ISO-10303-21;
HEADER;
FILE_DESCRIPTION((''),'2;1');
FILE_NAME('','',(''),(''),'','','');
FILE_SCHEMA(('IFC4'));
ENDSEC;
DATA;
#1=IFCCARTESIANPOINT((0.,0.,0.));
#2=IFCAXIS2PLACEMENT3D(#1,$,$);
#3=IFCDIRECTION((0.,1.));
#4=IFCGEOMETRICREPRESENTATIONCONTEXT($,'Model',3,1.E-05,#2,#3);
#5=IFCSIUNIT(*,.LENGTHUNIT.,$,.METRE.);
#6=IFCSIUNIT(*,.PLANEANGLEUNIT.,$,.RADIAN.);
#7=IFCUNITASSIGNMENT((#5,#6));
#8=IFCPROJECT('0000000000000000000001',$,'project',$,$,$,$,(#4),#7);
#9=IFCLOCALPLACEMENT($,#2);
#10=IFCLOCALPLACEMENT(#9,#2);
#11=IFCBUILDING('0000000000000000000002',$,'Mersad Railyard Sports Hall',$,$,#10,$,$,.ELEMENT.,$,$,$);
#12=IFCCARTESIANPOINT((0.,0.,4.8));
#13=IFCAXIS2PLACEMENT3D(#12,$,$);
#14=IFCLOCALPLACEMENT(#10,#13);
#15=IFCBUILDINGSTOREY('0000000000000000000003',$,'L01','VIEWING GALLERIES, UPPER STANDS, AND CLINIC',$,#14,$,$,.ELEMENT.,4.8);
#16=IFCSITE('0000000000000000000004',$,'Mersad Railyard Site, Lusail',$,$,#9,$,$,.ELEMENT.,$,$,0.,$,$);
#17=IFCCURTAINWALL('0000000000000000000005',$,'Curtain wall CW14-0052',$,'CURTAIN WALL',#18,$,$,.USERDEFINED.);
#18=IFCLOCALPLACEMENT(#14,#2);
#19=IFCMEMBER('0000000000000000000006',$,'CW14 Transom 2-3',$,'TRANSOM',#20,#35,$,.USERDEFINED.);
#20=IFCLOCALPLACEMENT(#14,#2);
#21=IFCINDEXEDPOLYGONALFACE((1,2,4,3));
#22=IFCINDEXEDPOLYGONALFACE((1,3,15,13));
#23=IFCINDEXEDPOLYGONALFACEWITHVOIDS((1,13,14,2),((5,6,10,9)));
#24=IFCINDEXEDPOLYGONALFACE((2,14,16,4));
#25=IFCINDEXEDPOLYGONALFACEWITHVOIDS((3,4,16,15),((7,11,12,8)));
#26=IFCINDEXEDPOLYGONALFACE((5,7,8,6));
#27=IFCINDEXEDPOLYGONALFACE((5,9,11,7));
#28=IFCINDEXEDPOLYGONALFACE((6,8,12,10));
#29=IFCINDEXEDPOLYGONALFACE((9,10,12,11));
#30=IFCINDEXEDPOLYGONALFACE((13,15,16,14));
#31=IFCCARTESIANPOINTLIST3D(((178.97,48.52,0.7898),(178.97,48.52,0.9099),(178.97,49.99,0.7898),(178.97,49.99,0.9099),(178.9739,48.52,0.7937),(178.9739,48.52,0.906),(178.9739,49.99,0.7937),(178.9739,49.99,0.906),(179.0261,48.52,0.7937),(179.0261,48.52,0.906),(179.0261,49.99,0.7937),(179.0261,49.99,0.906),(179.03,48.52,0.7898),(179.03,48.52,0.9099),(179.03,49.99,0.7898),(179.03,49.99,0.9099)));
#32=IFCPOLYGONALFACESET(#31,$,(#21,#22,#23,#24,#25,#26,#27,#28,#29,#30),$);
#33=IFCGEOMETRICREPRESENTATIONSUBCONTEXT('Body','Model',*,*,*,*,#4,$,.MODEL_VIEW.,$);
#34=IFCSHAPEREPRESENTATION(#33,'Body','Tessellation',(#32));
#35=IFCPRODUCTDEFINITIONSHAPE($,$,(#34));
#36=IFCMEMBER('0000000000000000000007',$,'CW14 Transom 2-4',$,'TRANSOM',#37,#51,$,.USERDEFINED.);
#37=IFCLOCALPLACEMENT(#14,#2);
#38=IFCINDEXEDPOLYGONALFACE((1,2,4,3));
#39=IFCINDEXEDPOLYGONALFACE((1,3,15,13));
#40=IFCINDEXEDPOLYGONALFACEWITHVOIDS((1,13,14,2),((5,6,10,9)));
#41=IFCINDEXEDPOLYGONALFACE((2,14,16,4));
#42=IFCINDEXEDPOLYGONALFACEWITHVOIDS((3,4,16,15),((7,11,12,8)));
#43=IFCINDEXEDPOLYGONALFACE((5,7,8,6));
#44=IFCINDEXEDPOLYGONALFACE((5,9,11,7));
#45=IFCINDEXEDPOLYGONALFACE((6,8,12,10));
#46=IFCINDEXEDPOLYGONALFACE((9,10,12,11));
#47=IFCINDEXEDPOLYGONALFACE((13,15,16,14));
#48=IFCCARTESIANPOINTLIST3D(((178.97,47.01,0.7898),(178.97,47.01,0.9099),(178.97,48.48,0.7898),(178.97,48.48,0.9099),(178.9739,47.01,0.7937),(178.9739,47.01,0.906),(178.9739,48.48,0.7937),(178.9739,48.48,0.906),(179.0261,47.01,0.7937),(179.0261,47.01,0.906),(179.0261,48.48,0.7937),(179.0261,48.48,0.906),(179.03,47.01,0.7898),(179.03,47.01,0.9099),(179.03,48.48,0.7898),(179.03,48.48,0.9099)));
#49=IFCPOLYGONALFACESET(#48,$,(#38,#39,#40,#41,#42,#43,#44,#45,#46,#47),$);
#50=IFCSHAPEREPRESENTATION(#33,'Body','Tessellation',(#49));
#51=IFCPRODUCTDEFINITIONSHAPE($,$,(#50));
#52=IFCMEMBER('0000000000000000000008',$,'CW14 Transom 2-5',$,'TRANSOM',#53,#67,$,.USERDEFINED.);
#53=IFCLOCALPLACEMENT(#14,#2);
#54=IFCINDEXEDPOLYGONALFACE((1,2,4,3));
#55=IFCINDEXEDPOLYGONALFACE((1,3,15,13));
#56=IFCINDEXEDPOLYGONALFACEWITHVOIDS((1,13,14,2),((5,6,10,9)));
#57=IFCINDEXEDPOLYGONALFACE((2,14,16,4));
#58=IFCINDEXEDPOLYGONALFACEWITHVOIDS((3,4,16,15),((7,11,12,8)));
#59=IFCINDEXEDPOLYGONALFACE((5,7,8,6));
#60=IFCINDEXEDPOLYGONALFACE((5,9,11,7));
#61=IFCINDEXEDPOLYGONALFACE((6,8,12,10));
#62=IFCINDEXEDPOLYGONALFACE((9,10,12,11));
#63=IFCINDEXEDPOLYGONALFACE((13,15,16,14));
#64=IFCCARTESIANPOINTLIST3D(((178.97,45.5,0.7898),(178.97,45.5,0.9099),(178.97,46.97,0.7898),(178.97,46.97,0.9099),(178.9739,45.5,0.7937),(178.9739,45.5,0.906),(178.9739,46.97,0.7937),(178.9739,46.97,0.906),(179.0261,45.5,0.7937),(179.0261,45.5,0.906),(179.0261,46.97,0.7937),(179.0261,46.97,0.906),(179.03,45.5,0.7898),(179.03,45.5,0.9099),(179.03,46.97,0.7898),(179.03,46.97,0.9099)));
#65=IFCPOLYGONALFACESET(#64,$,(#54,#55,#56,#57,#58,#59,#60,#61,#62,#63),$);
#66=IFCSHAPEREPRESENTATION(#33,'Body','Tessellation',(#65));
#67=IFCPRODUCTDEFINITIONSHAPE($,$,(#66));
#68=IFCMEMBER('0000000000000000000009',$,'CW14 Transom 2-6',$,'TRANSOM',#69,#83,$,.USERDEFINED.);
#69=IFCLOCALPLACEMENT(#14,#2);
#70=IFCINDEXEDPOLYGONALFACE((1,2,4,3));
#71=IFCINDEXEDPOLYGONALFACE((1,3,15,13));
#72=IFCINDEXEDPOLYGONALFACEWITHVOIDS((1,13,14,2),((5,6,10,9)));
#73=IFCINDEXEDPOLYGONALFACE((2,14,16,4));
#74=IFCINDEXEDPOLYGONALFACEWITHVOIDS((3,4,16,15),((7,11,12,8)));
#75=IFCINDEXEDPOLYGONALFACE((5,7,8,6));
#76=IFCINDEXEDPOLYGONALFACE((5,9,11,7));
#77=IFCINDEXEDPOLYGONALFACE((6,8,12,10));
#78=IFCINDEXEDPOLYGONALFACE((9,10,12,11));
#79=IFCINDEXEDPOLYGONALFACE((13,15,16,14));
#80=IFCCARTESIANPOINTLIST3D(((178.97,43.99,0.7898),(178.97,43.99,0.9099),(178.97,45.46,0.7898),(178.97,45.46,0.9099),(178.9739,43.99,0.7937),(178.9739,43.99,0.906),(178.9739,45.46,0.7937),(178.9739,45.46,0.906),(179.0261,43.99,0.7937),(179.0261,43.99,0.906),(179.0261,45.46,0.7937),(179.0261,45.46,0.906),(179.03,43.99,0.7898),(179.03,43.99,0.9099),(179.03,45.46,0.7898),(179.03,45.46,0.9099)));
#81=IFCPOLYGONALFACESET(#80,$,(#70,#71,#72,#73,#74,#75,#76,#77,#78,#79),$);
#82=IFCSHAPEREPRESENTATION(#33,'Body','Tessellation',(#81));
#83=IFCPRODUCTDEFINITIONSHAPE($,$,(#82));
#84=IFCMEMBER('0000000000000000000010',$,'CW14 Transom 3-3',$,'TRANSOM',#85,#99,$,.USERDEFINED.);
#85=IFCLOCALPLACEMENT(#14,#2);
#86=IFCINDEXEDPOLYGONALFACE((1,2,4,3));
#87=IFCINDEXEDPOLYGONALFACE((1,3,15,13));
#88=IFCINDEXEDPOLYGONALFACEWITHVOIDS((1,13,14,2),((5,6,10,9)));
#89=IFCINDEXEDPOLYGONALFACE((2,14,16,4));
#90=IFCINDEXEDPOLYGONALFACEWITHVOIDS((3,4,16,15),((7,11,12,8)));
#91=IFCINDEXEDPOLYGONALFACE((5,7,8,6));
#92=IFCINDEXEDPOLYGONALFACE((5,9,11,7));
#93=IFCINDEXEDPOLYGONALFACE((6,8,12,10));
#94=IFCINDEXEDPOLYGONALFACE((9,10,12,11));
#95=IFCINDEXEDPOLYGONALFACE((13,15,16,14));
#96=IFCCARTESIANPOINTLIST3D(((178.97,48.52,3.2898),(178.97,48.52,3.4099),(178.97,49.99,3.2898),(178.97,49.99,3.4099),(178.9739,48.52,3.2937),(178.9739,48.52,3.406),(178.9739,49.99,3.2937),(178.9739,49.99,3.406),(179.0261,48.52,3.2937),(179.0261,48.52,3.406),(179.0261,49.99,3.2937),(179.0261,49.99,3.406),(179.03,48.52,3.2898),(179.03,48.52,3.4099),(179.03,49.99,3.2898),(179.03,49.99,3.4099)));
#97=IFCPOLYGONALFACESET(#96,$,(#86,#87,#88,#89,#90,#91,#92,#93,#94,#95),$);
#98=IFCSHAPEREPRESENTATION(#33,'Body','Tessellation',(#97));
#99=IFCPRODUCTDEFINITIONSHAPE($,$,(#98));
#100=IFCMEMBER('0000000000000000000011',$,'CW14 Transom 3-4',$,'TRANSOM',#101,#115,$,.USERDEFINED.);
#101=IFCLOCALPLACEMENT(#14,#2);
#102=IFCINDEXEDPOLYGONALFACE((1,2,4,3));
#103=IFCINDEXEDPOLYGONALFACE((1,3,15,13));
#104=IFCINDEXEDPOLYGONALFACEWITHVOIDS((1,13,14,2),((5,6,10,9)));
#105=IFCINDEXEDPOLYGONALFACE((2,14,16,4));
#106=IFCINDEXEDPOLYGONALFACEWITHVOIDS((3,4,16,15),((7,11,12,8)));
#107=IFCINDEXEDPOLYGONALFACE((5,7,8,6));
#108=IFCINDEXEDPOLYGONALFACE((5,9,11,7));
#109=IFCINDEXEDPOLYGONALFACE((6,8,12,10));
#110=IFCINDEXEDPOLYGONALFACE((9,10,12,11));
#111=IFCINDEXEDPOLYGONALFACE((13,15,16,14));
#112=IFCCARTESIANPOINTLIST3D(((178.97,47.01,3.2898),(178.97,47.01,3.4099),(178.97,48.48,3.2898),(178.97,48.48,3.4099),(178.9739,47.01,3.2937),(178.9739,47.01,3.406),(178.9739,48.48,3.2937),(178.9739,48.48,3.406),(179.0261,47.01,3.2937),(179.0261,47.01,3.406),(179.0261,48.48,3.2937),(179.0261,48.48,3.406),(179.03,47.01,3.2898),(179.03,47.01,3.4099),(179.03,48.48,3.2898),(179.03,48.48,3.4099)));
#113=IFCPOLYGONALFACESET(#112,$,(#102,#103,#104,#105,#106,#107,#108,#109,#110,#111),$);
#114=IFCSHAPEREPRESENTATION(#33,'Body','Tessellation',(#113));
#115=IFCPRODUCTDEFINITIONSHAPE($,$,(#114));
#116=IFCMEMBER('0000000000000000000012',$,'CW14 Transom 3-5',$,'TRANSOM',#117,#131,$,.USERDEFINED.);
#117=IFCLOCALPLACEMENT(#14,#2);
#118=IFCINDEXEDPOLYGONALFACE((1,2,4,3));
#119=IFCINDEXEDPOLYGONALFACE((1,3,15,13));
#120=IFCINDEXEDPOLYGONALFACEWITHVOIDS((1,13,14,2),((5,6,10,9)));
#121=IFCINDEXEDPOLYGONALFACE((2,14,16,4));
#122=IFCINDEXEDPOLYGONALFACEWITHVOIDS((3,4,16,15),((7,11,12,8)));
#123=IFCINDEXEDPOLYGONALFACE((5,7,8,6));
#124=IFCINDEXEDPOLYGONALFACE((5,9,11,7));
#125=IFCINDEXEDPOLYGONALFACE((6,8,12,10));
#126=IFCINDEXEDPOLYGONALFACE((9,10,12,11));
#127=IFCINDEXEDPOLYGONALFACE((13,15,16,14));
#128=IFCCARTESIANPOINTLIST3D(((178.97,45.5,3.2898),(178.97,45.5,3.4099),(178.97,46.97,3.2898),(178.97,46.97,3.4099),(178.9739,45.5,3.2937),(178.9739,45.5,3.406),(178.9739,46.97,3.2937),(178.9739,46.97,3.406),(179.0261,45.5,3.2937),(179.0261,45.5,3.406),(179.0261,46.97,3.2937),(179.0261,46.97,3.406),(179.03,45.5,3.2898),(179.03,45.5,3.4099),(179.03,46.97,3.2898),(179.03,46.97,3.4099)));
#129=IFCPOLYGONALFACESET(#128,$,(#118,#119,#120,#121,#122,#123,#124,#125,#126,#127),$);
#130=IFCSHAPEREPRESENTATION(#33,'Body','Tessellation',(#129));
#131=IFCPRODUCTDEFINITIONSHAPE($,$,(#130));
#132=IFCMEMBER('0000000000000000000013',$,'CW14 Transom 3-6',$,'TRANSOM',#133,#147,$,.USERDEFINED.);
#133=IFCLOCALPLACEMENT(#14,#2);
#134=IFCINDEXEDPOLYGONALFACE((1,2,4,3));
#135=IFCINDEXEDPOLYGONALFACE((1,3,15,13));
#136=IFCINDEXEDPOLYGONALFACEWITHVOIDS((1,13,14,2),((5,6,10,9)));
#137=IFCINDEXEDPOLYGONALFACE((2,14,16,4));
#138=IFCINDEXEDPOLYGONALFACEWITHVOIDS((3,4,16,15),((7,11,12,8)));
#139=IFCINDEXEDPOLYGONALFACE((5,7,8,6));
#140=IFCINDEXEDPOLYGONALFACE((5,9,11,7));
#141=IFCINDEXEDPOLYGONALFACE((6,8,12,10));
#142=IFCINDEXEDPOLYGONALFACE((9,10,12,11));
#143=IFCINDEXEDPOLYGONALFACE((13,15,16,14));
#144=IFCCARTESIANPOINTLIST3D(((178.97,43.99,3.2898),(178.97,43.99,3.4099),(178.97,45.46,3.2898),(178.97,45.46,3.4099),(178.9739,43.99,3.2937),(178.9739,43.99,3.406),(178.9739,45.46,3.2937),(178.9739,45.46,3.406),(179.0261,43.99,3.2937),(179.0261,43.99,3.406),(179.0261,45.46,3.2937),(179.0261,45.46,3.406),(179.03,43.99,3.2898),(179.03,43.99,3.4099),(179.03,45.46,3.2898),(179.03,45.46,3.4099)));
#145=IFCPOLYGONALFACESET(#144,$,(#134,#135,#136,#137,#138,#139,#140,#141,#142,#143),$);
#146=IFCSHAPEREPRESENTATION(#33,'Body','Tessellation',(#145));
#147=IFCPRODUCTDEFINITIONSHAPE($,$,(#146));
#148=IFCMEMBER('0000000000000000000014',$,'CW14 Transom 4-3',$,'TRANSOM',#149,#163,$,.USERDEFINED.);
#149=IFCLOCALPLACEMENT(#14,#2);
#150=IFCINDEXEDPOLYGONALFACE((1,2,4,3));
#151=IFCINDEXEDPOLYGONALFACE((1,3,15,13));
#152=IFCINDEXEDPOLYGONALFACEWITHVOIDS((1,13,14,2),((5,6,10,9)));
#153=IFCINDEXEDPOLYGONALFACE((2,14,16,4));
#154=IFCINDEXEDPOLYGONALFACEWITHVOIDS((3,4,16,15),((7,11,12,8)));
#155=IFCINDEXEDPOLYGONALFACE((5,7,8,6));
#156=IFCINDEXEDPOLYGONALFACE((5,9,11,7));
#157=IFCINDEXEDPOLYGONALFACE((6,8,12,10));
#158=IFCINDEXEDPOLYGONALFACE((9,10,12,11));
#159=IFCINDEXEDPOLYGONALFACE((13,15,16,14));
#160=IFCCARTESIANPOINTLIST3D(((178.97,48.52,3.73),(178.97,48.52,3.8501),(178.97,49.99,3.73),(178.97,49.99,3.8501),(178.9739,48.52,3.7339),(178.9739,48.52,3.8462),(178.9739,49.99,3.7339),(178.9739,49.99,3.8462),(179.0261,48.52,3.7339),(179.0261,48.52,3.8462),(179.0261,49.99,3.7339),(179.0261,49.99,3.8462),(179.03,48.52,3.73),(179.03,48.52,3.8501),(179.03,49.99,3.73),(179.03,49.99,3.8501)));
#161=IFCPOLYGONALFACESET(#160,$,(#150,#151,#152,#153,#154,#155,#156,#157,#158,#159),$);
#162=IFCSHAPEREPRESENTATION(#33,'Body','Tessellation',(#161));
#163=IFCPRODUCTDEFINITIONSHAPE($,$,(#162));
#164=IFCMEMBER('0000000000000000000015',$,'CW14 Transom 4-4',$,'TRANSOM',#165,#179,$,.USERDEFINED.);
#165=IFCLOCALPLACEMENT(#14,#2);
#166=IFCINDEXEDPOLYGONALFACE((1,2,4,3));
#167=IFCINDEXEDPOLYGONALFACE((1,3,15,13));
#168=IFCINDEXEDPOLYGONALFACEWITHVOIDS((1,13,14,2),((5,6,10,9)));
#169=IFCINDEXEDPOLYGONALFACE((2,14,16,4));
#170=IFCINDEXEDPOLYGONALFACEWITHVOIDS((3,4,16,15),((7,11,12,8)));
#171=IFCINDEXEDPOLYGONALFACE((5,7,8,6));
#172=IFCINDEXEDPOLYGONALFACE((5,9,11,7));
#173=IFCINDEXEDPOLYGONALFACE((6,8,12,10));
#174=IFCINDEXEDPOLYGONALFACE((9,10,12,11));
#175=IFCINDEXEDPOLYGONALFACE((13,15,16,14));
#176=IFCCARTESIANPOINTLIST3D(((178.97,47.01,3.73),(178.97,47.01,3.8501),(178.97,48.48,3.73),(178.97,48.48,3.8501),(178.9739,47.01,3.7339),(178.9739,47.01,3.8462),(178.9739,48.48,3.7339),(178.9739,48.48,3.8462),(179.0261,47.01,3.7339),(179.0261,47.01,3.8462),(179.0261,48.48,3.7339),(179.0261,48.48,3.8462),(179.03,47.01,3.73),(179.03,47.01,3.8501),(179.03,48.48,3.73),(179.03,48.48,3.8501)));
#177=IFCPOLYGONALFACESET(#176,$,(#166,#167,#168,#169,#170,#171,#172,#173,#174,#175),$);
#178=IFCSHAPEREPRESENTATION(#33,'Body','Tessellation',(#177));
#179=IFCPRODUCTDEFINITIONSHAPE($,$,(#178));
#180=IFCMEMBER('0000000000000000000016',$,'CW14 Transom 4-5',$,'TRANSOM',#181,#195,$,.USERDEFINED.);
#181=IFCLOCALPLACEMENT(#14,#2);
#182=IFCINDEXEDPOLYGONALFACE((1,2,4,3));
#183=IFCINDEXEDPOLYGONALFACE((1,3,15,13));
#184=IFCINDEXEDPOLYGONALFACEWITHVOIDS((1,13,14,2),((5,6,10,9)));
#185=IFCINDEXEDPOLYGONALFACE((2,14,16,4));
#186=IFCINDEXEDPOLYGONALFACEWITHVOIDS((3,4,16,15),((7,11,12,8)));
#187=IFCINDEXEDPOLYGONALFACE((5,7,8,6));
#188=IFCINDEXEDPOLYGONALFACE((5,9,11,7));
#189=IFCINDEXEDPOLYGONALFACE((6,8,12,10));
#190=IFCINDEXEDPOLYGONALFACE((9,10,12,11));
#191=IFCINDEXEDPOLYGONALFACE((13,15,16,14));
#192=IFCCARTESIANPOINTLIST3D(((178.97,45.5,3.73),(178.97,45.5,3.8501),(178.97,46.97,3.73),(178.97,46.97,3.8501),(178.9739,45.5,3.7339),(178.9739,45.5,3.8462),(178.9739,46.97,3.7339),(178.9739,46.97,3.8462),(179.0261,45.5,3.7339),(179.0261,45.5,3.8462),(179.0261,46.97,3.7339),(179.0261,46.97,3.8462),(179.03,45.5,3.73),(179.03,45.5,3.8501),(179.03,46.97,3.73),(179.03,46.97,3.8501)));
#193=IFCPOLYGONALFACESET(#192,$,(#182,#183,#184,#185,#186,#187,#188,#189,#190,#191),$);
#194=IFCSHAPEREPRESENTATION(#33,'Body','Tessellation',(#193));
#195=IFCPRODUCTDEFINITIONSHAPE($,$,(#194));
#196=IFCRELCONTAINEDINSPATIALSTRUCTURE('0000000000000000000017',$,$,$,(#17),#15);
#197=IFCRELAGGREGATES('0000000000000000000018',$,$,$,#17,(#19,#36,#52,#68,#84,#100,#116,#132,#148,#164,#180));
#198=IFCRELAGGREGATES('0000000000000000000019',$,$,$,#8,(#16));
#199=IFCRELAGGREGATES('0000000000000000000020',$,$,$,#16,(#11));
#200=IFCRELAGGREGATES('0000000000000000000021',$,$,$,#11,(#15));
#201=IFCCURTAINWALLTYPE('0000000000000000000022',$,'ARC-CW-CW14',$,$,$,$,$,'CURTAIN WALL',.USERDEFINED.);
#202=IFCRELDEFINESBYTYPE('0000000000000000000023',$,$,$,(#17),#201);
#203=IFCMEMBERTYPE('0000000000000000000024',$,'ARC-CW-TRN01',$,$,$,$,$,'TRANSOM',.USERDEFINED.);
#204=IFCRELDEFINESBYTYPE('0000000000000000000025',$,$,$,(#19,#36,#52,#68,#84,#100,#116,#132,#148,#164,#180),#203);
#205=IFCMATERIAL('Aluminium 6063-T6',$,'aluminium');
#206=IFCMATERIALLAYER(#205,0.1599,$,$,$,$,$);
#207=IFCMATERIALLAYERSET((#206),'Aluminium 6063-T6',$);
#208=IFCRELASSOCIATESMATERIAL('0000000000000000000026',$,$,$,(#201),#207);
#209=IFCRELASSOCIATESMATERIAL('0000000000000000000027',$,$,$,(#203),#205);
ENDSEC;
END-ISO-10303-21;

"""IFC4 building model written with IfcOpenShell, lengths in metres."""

from ifc_helpers import new_model, si_unit, direction, frame, origin, origin_2d, place, context, subcontext, project, spatial, hollow_rectangle, extrude, material, layer, layer_set, material_profile, profile_set, type_object, element, aggregate, save


model = new_model("IFC4")

# Units and contexts
model_context = context("Model", 3, precision=1e-05, world=origin(), true_north=direction((0.0, 1.0)))
body_context = subcontext(model_context, "Body", "Model", "MODEL_VIEW")
ifc_project = project(units=[si_unit("LENGTHUNIT", "METRE"), si_unit("PLANEANGLEUNIT", "RADIAN")], contexts=[model_context])

# Site, building, storey
site_placement = place(None, origin())
site = spatial("IfcSite", under=ifc_project, at=site_placement, Name="Mersad Railyard Site, Lusail", CompositionType="ELEMENT", RefElevation=0.0)
building_placement = place(site_placement, origin())
building = spatial("IfcBuilding", under=site, at=building_placement, Name="Mersad Railyard Sports Hall", CompositionType="ELEMENT")
storey_placement = place(building_placement, frame((0.0, 0.0, 4.8)))
storey = spatial("IfcBuildingStorey", under=building, at=storey_placement, Name="L01", Description="VIEWING GALLERIES, UPPER STANDS, AND CLINIC", CompositionType="ELEMENT", Elevation=4.8)

# Shared definitions
ifc_material_1 = material(Name="Aluminium 6063-T6", Category="aluminium")
ifc_layer_1 = layer(ifc_material_1, 0.1599)
ifc_layer_set_1 = layer_set([ifc_layer_1], Name="Aluminium 6063-T6")
curtain_wall_type = type_object("IfcCurtainWallType", Name="ARC-CW-CW14", ElementType="CURTAIN WALL", PredefinedType="USERDEFINED", material=ifc_layer_set_1)

# Curtain wall
curtain_wall_1_placement = place(storey_placement, origin())
curtain_wall_1 = element("IfcCurtainWall", 1, at=curtain_wall_1_placement, inside=storey, type_object=curtain_wall_type, Name="Curtain wall CW14-0052", ObjectType="CURTAIN WALL", PredefinedType="USERDEFINED")

# Members
ifc_material_profile_1 = material_profile(ifc_material_1, hollow_rectangle(XDim=0.0601, YDim=0.1201, WallThickness=0.0039, at=origin_2d()), Name="AL TRANSOM 60x120x4")
ifc_profile_set_1 = profile_set([ifc_material_profile_1], Name="Aluminium 6063-T6")
member_type_1 = type_object("IfcMemberType", Name="ARC-CW-TRN01", ElementType="TRANSOM", PredefinedType="USERDEFINED", material=ifc_profile_set_1)
member_1_placement = place(storey_placement, frame((179.0, 49.99, 0.8499), z_axis=(0.0, -1.0, 0.0), x_axis=(1.0, 0.0, 0.0)))
member_1 = element("IfcMember", 2, at=member_1_placement, type_object=member_type_1, Name="CW14 Transom 2-3", ObjectType="TRANSOM", PredefinedType="USERDEFINED", context=body_context, shape_type="SweptSolid", body=[
    extrude(hollow_rectangle(XDim=0.0601, YDim=0.1201, WallThickness=0.0039, at=origin_2d()), origin(), (0.0, 0.0, 1.0), 1.47),
])
member_2_placement = place(storey_placement, frame((179.0, 48.48, 0.8499), z_axis=(0.0, -1.0, 0.0), x_axis=(1.0, 0.0, 0.0)))
member_2 = element("IfcMember", 3, at=member_2_placement, type_object=member_type_1, Name="CW14 Transom 2-4", ObjectType="TRANSOM", PredefinedType="USERDEFINED", context=body_context, shape_type="SweptSolid", body=[
    extrude(hollow_rectangle(XDim=0.0601, YDim=0.1201, WallThickness=0.0039, at=origin_2d()), origin(), (0.0, 0.0, 1.0), 1.47),
])
member_3_placement = place(storey_placement, frame((179.0, 46.97, 0.8499), z_axis=(0.0, -1.0, 0.0), x_axis=(1.0, 0.0, 0.0)))
member_3 = element("IfcMember", 4, at=member_3_placement, type_object=member_type_1, Name="CW14 Transom 2-5", ObjectType="TRANSOM", PredefinedType="USERDEFINED", context=body_context, shape_type="SweptSolid", body=[
    extrude(hollow_rectangle(XDim=0.0601, YDim=0.1201, WallThickness=0.0039, at=origin_2d()), origin(), (0.0, 0.0, 1.0), 1.47),
])
member_4_placement = place(storey_placement, frame((179.0, 45.46, 0.8499), z_axis=(0.0, -1.0, 0.0), x_axis=(1.0, 0.0, 0.0)))
member_4 = element("IfcMember", 5, at=member_4_placement, type_object=member_type_1, Name="CW14 Transom 2-6", ObjectType="TRANSOM", PredefinedType="USERDEFINED", context=body_context, shape_type="SweptSolid", body=[
    extrude(hollow_rectangle(XDim=0.0601, YDim=0.1201, WallThickness=0.0039, at=origin_2d()), origin(), (0.0, 0.0, 1.0), 1.47),
])
member_5_placement = place(storey_placement, frame((179.0, 49.99, 3.3499), z_axis=(0.0, -1.0, 0.0), x_axis=(1.0, 0.0, 0.0)))
member_5 = element("IfcMember", 6, at=member_5_placement, type_object=member_type_1, Name="CW14 Transom 3-3", ObjectType="TRANSOM", PredefinedType="USERDEFINED", context=body_context, shape_type="SweptSolid", body=[
    extrude(hollow_rectangle(XDim=0.0601, YDim=0.1201, WallThickness=0.0039, at=origin_2d()), origin(), (0.0, 0.0, 1.0), 1.47),
])
member_6_placement = place(storey_placement, frame((179.0, 48.48, 3.3499), z_axis=(0.0, -1.0, 0.0), x_axis=(1.0, 0.0, 0.0)))
member_6 = element("IfcMember", 7, at=member_6_placement, type_object=member_type_1, Name="CW14 Transom 3-4", ObjectType="TRANSOM", PredefinedType="USERDEFINED", context=body_context, shape_type="SweptSolid", body=[
    extrude(hollow_rectangle(XDim=0.0601, YDim=0.1201, WallThickness=0.0039, at=origin_2d()), origin(), (0.0, 0.0, 1.0), 1.47),
])
member_7_placement = place(storey_placement, frame((179.0, 46.97, 3.3499), z_axis=(0.0, -1.0, 0.0), x_axis=(1.0, 0.0, 0.0)))
member_7 = element("IfcMember", 8, at=member_7_placement, type_object=member_type_1, Name="CW14 Transom 3-5", ObjectType="TRANSOM", PredefinedType="USERDEFINED", context=body_context, shape_type="SweptSolid", body=[
    extrude(hollow_rectangle(XDim=0.0601, YDim=0.1201, WallThickness=0.0039, at=origin_2d()), origin(), (0.0, 0.0, 1.0), 1.47),
])
member_8_placement = place(storey_placement, frame((179.0, 45.46, 3.3499), z_axis=(0.0, -1.0, 0.0), x_axis=(1.0, 0.0, 0.0)))
member_8 = element("IfcMember", 9, at=member_8_placement, type_object=member_type_1, Name="CW14 Transom 3-6", ObjectType="TRANSOM", PredefinedType="USERDEFINED", context=body_context, shape_type="SweptSolid", body=[
    extrude(hollow_rectangle(XDim=0.0601, YDim=0.1201, WallThickness=0.0039, at=origin_2d()), origin(), (0.0, 0.0, 1.0), 1.47),
])
member_9_placement = place(storey_placement, frame((179.0, 49.99, 3.79), z_axis=(0.0, -1.0, 0.0), x_axis=(1.0, 0.0, 0.0)))
member_9 = element("IfcMember", 10, at=member_9_placement, type_object=member_type_1, Name="CW14 Transom 4-3", ObjectType="TRANSOM", PredefinedType="USERDEFINED", context=body_context, shape_type="SweptSolid", body=[
    extrude(hollow_rectangle(XDim=0.0601, YDim=0.1201, WallThickness=0.0039, at=origin_2d()), origin(), (0.0, 0.0, 1.0), 1.47),
])
member_10_placement = place(storey_placement, frame((179.0, 48.48, 3.79), z_axis=(0.0, -1.0, 0.0), x_axis=(1.0, 0.0, 0.0)))
member_10 = element("IfcMember", 11, at=member_10_placement, type_object=member_type_1, Name="CW14 Transom 4-4", ObjectType="TRANSOM", PredefinedType="USERDEFINED", context=body_context, shape_type="SweptSolid", body=[
    extrude(hollow_rectangle(XDim=0.0601, YDim=0.1201, WallThickness=0.0039, at=origin_2d()), origin(), (0.0, 0.0, 1.0), 1.47),
])
member_11_placement = place(storey_placement, frame((179.0, 46.97, 3.79), z_axis=(0.0, -1.0, 0.0), x_axis=(1.0, 0.0, 0.0)))
member_11 = element("IfcMember", 12, at=member_11_placement, type_object=member_type_1, Name="CW14 Transom 4-5", ObjectType="TRANSOM", PredefinedType="USERDEFINED", context=body_context, shape_type="SweptSolid", body=[
    extrude(hollow_rectangle(XDim=0.0601, YDim=0.1201, WallThickness=0.0039, at=origin_2d()), origin(), (0.0, 0.0, 1.0), 1.47),
])

aggregate(curtain_wall_1, [member_1, member_2, member_3, member_4, member_5, member_6, member_7, member_8, member_9, member_10, member_11])

save(model, "model.ifc")
